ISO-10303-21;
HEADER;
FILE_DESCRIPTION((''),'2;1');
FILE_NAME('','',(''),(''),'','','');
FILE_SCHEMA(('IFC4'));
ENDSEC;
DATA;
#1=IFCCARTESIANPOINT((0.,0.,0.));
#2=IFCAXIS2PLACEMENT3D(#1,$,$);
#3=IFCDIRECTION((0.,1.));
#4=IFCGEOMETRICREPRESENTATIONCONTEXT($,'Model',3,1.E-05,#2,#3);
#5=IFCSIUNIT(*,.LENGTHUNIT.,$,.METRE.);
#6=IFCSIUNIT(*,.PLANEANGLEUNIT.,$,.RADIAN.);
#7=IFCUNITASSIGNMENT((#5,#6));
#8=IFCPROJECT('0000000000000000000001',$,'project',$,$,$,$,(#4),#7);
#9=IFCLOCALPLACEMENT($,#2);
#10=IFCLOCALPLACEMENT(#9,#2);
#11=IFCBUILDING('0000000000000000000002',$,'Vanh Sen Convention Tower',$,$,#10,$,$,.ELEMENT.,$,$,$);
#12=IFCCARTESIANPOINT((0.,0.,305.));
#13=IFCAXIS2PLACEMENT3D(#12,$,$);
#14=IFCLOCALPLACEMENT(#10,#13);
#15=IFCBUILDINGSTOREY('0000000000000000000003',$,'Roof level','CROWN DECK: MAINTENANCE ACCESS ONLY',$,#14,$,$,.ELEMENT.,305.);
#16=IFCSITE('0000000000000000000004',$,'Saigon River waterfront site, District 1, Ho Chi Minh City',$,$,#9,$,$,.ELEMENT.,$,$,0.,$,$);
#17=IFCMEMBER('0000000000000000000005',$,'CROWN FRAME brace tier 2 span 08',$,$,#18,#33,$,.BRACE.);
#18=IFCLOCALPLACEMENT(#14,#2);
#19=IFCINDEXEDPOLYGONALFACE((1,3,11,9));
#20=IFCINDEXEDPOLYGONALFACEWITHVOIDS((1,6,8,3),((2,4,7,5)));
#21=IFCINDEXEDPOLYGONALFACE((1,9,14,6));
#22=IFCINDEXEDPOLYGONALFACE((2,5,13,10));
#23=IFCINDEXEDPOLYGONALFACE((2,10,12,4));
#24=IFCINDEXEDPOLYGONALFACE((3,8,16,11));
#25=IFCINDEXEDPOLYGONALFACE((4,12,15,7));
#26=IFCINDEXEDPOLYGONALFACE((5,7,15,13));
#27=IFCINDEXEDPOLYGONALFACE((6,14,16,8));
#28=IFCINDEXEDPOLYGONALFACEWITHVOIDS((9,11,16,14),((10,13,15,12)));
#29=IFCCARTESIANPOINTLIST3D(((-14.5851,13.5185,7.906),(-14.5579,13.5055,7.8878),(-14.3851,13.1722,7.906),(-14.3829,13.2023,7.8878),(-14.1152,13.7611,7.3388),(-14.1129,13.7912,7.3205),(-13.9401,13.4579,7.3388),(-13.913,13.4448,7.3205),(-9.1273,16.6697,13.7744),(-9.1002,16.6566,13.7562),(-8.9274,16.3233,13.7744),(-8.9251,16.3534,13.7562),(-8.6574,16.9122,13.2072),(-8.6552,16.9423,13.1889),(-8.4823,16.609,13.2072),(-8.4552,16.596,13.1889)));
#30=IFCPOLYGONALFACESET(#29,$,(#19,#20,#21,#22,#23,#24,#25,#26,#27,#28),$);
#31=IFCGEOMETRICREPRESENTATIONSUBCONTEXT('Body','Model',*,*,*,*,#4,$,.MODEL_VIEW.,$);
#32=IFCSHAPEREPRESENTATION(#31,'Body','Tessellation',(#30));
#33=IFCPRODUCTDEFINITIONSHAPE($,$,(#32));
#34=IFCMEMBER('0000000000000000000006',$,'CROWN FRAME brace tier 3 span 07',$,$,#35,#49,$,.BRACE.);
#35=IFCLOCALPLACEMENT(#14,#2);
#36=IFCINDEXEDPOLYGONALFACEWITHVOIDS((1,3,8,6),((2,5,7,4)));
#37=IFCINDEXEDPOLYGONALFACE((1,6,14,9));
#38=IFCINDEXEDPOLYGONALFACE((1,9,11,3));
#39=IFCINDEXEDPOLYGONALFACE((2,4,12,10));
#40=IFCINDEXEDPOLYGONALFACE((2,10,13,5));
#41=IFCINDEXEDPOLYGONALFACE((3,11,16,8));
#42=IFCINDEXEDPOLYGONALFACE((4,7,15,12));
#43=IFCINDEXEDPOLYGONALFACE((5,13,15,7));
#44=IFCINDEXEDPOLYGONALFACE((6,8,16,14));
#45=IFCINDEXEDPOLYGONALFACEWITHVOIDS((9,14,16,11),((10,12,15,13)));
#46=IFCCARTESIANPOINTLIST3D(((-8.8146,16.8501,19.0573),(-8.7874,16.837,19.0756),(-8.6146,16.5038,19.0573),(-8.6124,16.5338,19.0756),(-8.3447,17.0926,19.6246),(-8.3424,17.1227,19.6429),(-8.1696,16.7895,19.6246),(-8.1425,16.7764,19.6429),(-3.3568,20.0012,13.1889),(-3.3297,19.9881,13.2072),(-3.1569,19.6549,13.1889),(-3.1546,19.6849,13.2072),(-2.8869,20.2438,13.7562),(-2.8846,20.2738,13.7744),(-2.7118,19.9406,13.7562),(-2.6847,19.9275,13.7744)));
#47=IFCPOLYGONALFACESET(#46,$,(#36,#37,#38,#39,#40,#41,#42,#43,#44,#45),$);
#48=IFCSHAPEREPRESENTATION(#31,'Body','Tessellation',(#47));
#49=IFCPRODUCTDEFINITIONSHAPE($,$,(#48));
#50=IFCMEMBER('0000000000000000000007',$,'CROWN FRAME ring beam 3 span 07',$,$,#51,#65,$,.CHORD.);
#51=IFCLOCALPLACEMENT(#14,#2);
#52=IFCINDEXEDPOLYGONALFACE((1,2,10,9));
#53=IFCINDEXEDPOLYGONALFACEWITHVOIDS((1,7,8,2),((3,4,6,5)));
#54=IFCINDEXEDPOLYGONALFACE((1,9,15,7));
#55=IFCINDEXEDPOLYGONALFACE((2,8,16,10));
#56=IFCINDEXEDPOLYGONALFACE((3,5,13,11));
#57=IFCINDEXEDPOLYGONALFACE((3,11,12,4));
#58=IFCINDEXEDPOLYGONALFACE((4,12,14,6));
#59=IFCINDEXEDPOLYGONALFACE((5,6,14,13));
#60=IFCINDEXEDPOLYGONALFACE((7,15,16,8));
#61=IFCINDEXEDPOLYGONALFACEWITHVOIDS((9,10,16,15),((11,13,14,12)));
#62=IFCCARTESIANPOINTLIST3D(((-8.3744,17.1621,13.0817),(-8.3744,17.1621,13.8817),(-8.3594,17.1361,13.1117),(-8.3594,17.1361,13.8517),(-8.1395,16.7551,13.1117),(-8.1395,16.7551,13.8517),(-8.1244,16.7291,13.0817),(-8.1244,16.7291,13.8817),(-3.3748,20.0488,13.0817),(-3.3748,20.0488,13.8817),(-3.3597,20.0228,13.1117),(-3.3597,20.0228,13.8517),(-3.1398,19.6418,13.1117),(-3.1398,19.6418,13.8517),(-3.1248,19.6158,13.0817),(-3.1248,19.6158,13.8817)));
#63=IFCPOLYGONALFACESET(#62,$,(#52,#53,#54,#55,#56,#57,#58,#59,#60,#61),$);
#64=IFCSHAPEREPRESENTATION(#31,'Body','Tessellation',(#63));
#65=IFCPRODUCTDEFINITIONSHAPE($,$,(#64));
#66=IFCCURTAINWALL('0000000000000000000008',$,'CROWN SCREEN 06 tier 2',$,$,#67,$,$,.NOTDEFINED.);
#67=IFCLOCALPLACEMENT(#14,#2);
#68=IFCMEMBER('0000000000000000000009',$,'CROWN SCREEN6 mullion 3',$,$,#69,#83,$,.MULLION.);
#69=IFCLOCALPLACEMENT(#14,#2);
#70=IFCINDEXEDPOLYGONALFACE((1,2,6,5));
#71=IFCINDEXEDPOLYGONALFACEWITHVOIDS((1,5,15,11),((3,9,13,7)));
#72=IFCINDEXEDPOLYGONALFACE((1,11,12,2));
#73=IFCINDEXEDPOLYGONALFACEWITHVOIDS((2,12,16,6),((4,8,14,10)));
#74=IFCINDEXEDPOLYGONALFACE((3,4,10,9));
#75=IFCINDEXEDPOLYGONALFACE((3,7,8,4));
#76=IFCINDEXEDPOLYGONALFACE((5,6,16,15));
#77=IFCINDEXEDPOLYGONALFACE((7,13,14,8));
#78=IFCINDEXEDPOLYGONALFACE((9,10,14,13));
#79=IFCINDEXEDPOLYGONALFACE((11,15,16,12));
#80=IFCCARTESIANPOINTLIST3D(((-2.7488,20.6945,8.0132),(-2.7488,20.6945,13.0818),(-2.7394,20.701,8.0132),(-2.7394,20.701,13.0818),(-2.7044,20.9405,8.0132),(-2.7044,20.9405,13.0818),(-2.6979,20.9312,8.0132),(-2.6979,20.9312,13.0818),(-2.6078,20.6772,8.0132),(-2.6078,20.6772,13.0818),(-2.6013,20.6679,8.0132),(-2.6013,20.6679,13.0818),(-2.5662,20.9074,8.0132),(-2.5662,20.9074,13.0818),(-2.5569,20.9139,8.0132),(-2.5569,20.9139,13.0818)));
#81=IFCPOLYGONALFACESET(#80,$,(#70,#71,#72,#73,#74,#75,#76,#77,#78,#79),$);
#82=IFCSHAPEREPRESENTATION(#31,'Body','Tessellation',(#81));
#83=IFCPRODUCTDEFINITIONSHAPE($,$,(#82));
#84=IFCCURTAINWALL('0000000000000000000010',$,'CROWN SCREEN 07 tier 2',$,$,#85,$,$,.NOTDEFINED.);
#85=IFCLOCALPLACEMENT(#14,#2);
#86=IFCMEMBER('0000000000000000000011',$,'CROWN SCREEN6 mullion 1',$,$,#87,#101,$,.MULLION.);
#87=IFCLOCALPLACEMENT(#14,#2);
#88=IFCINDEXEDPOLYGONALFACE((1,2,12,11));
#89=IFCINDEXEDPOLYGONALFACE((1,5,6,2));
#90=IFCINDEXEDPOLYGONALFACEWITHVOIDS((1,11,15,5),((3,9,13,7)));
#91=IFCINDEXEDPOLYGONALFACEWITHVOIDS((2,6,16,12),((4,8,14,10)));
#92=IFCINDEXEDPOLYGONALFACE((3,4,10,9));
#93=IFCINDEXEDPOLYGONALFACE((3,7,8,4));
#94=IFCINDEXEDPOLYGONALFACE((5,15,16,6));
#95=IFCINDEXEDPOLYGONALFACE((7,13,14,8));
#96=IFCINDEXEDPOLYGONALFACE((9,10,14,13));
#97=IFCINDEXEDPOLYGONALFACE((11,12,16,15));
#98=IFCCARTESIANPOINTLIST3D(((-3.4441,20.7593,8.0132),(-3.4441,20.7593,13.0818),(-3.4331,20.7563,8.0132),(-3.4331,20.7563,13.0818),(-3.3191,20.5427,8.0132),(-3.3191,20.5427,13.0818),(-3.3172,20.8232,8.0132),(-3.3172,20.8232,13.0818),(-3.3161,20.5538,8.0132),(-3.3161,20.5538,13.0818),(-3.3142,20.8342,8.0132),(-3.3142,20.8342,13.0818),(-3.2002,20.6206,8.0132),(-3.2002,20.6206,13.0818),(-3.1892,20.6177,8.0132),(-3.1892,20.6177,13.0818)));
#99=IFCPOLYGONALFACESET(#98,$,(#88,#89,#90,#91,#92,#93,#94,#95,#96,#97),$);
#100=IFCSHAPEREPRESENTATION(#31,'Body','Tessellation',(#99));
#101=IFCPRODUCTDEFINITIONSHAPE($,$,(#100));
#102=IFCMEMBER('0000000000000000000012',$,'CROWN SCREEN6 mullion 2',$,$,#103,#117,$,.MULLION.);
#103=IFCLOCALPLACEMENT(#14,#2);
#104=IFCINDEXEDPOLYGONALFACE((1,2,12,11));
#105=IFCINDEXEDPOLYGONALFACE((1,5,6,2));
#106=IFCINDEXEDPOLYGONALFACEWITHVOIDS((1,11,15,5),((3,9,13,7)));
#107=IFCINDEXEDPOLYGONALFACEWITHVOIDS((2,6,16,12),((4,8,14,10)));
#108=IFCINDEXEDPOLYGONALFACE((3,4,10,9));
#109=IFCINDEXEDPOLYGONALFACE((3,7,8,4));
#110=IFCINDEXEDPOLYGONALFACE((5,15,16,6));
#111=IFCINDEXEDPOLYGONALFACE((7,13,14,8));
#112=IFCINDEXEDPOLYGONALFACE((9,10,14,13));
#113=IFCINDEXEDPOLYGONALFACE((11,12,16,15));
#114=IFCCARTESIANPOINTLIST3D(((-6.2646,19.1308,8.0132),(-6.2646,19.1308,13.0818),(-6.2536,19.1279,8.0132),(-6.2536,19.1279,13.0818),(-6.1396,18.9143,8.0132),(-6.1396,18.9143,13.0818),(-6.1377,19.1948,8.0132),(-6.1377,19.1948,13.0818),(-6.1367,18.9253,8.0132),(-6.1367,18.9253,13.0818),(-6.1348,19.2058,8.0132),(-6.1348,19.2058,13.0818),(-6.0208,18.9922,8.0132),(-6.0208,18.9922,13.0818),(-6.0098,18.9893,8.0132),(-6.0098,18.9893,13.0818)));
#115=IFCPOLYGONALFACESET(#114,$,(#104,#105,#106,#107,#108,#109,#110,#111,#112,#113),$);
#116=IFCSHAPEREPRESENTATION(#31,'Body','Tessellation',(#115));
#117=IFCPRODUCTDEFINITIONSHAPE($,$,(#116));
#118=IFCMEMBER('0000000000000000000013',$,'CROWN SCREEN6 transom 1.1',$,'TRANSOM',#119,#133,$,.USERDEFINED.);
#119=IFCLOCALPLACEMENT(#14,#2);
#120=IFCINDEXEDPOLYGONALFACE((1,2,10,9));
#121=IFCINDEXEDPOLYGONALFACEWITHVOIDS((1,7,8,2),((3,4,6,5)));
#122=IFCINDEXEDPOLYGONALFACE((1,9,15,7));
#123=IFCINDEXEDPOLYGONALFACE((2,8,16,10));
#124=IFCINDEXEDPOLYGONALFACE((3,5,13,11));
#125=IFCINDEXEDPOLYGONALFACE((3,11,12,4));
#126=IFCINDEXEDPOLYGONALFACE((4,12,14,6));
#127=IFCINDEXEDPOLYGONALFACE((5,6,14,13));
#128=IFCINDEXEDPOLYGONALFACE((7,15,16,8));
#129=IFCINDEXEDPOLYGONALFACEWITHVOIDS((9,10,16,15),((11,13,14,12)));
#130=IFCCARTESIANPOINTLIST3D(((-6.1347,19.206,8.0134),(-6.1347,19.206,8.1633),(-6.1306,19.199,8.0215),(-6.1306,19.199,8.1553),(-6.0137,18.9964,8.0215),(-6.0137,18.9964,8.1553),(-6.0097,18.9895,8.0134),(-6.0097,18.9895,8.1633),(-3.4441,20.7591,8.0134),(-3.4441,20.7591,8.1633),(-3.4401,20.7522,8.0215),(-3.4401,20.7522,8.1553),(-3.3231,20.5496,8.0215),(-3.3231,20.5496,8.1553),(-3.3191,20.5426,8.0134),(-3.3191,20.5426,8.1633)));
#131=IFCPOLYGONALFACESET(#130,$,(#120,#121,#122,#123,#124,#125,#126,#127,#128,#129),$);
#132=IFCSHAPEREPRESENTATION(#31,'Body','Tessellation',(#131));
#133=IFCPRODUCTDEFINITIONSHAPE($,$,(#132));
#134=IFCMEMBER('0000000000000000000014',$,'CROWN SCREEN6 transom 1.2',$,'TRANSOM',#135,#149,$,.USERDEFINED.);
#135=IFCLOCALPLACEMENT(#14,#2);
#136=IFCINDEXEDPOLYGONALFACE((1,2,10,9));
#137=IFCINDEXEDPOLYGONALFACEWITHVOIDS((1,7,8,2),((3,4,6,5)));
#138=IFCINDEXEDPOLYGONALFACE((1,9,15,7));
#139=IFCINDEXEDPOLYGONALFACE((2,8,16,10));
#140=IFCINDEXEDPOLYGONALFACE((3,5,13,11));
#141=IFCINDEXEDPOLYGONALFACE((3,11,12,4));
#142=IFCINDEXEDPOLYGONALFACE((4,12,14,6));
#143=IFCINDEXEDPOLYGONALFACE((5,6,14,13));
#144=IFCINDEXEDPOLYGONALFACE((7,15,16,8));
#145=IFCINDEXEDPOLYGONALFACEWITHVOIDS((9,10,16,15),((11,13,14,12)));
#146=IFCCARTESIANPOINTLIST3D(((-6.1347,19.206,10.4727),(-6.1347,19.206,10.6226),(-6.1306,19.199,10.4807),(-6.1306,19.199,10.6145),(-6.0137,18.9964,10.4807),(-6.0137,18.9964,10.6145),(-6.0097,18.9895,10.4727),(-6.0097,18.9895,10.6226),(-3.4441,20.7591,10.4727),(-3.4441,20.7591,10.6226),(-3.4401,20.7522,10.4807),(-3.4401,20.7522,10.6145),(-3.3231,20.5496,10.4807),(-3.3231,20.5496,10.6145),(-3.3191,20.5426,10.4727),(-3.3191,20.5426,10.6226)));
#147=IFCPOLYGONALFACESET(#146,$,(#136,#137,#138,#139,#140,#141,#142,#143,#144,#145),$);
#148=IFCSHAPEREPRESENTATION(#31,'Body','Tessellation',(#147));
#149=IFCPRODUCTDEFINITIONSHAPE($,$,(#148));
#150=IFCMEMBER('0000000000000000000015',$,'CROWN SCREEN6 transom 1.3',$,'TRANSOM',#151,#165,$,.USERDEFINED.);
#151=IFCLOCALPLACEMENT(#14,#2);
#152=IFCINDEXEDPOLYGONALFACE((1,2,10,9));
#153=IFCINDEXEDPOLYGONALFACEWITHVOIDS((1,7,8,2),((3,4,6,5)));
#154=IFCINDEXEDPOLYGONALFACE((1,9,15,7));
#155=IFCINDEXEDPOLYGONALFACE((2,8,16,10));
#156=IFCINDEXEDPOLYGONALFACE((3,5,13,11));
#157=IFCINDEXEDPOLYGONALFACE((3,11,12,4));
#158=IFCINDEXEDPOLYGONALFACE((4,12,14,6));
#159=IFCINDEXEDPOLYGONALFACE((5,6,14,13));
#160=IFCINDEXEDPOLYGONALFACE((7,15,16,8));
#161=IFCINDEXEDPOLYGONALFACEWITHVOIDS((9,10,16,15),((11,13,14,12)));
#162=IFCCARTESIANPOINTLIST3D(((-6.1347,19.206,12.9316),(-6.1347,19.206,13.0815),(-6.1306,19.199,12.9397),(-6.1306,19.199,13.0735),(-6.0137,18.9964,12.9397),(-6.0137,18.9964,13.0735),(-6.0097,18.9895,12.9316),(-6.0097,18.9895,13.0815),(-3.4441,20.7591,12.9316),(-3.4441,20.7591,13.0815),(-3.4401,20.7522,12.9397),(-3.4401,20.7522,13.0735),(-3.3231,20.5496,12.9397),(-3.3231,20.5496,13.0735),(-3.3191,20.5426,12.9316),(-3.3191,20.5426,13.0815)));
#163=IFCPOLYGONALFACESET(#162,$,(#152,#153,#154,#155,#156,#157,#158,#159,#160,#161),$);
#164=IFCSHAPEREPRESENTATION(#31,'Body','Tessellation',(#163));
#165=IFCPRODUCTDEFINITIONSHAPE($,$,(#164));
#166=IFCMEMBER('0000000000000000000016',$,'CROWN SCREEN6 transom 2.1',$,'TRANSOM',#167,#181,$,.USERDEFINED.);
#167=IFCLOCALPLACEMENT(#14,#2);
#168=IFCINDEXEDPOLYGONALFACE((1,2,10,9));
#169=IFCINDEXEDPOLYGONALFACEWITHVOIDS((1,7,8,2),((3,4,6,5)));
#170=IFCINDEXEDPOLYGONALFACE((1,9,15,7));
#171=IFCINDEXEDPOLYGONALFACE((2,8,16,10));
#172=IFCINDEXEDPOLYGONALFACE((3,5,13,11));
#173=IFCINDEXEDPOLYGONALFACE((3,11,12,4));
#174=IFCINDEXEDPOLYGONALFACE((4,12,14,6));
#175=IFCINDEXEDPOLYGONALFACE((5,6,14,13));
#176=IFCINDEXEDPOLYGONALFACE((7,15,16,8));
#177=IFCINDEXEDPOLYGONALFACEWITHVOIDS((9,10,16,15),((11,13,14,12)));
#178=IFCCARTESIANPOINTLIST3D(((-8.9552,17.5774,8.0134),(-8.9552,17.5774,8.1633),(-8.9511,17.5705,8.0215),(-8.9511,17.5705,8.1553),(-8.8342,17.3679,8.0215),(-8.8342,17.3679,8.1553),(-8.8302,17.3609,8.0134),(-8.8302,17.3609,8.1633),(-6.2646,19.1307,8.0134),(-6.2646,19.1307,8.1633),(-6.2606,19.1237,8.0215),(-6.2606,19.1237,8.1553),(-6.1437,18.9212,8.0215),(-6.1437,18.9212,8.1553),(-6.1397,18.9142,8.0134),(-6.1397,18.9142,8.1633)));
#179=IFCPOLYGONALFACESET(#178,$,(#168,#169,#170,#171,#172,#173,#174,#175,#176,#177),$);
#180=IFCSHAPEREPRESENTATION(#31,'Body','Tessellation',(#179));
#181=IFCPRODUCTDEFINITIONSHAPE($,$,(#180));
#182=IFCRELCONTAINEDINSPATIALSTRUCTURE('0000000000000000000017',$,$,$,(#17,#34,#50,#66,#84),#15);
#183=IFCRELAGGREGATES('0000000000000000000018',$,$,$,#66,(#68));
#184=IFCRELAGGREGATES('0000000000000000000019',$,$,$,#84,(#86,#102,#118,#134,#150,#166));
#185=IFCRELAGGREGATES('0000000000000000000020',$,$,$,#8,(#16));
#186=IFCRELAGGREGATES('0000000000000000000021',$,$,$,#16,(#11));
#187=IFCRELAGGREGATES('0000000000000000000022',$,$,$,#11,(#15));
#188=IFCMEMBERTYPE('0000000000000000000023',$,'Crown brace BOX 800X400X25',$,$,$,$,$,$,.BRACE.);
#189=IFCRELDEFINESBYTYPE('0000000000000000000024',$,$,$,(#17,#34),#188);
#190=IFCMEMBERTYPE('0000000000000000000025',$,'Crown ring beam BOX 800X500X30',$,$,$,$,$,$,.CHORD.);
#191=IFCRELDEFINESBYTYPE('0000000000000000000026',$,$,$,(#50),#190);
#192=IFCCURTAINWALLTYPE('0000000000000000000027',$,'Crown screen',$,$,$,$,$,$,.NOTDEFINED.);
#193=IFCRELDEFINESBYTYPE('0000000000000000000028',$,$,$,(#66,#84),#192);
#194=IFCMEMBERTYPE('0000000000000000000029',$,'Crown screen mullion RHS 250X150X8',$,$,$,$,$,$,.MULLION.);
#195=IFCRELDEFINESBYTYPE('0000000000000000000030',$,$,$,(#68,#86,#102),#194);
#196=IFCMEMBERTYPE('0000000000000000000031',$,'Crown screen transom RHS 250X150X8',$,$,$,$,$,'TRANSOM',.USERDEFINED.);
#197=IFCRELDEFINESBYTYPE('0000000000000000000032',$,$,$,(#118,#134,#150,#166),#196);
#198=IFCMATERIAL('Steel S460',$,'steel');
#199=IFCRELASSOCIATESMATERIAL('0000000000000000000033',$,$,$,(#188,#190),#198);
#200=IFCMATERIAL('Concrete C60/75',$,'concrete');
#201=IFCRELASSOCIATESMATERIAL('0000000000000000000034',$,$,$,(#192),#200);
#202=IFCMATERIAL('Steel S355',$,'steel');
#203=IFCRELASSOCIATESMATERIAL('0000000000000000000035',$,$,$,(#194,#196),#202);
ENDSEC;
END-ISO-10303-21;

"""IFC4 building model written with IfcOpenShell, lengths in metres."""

from ifc_helpers import new_model, si_unit, direction, frame, origin, origin_2d, place, context, subcontext, project, spatial, hollow_rectangle, extrude, material, material_profile, profile_set, type_object, element, aggregate, save


model = new_model("IFC4")

# Units and contexts
model_context = context("Model", 3, precision=1e-05, world=origin(), true_north=direction((0.0, 1.0)))
body_context = subcontext(model_context, "Body", "Model", "MODEL_VIEW")
ifc_project = project(units=[si_unit("LENGTHUNIT", "METRE"), si_unit("PLANEANGLEUNIT", "RADIAN")], contexts=[model_context])

# Site, building, storey
site_placement = place(None, origin())
site = spatial("IfcSite", under=ifc_project, at=site_placement, Name="Saigon River waterfront site, District 1, Ho Chi Minh City", CompositionType="ELEMENT", RefElevation=0.0)
building_placement = place(site_placement, origin())
building = spatial("IfcBuilding", under=site, at=building_placement, Name="Vanh Sen Convention Tower", CompositionType="ELEMENT")
storey_placement = place(building_placement, frame((0.0, 0.0, 305.0)))
storey = spatial("IfcBuildingStorey", under=building, at=storey_placement, Name="Roof level", Description="CROWN DECK: MAINTENANCE ACCESS ONLY", CompositionType="ELEMENT", Elevation=305.0)

# Members
ifc_material_1 = material(Name="Steel S460", Category="steel")
ifc_material_profile_1 = material_profile(ifc_material_1, hollow_rectangle(XDim=0.3999, YDim=0.8, WallThickness=0.0249, at=origin_2d()), Name="BOX 800X400X25")
ifc_profile_set_1 = profile_set([ifc_material_profile_1], Name="Steel S460")
member_type_1 = type_object("IfcMemberType", Name="Crown brace BOX 800X400X25", PredefinedType="BRACE", material=ifc_profile_set_1)
for number, where, z_axis, x_axis, name in (
    (1, (-8.7913, 16.6328, 13.4817), (-0.633789, -0.365928, -0.681475), (0.50001, -0.86602, 0.0), "CROWN FRAME brace tier 2 span 08"),
    (2, (-3.0208, 19.9644, 13.4817), (-0.633789, -0.365928, 0.681475), (0.50001, -0.86602, 0.0), "CROWN FRAME brace tier 3 span 07"),
):
    element("IfcMember", number, at=place(storey_placement, frame(where, z_axis=z_axis, x_axis=x_axis)), inside=storey, type_object=member_type_1, Name=name, PredefinedType="BRACE", context=body_context, shape_type="SweptSolid", body=[
        extrude(hollow_rectangle(XDim=0.3999, YDim=0.8, WallThickness=0.0249, at=origin_2d()), origin(), (0.0, 0.0, 1.0), 8.6113),
    ])
ifc_material_profile_2 = material_profile(ifc_material_1, hollow_rectangle(XDim=0.5, YDim=0.8, WallThickness=0.03, at=origin_2d()), Name="BOX 800X500X30")
ifc_profile_set_2 = profile_set([ifc_material_profile_2], Name="Steel S460")
member_type_2 = type_object("IfcMemberType", Name="Crown ring beam BOX 800X500X30", PredefinedType="CHORD", material=ifc_profile_set_2)
member_1_placement = place(storey_placement, frame((-3.2498, 19.8323, 13.4817), z_axis=(-0.866017, -0.500014, 0.0), x_axis=(0.500014, -0.866017, 0.0)))
element("IfcMember", 3, at=member_1_placement, inside=storey, type_object=member_type_2, Name="CROWN FRAME ring beam 3 span 07", PredefinedType="CHORD", context=body_context, shape_type="SweptSolid", body=[
    extrude(hollow_rectangle(XDim=0.5, YDim=0.8, WallThickness=0.03, at=origin_2d()), origin(), (0.0, 0.0, 1.0), 5.7732),
])

# Curtain wall, member
ifc_material_2 = material(Name="Concrete C60/75", Category="concrete")
curtain_wall_type = type_object("IfcCurtainWallType", Name="Crown screen", PredefinedType="NOTDEFINED", material=ifc_material_2)
curtain_wall_1_placement = place(storey_placement, origin())
curtain_wall_1 = element("IfcCurtainWall", 4, at=curtain_wall_1_placement, inside=storey, type_object=curtain_wall_type, Name="CROWN SCREEN 06 tier 2", PredefinedType="NOTDEFINED")
ifc_material_3 = material(Name="Steel S355", Category="steel")
ifc_material_profile_3 = material_profile(ifc_material_3, hollow_rectangle(XDim=0.25, YDim=0.1499, WallThickness=0.0081, at=origin_2d()), Name="RHS 250X150X8")
ifc_profile_set_3 = profile_set([ifc_material_profile_3], Name="Steel S355")
member_type_3 = type_object("IfcMemberType", Name="Crown screen mullion RHS 250X150X8", PredefinedType="MULLION", material=ifc_profile_set_3)
member_2_placement = place(storey_placement, frame((-2.6528, 20.8042, 8.0132), z_axis=(0.0, 0.0, 1.0), x_axis=(-0.177496, -0.984122, 0.0)))
member_2 = element("IfcMember", 5, at=member_2_placement, type_object=member_type_3, Name="CROWN SCREEN6 mullion 3", PredefinedType="MULLION", context=body_context, shape_type="SweptSolid", body=[
    extrude(hollow_rectangle(XDim=0.25, YDim=0.1499, WallThickness=0.0081, at=origin_2d()), origin(), (0.0, 0.0, 1.0), 5.0686),
])
aggregate(curtain_wall_1, [member_2])

# Curtain wall, members
curtain_wall_2_placement = place(storey_placement, origin())
curtain_wall_2 = element("IfcCurtainWall", 6, at=curtain_wall_2_placement, inside=storey, type_object=curtain_wall_type, Name="CROWN SCREEN 07 tier 2", PredefinedType="NOTDEFINED")
member_3_placement = place(storey_placement, frame((-3.3167, 20.6885, 8.0132), z_axis=(0.0, 0.0, 1.0), x_axis=(0.500005, -0.866023, 0.0)))
member_3 = element("IfcMember", 7, at=member_3_placement, type_object=member_type_3, Name="CROWN SCREEN6 mullion 1", PredefinedType="MULLION", context=body_context, shape_type="SweptSolid", body=[
    extrude(hollow_rectangle(XDim=0.25, YDim=0.1499, WallThickness=0.0081, at=origin_2d()), origin(), (0.0, 0.0, 1.0), 5.0686),
])
member_4_placement = place(storey_placement, frame((-6.1372, 19.0601, 8.0132), z_axis=(0.0, 0.0, 1.0), x_axis=(0.500005, -0.866023, 0.0)))
member_4 = element("IfcMember", 8, at=member_4_placement, type_object=member_type_3, Name="CROWN SCREEN6 mullion 2", PredefinedType="MULLION", context=body_context, shape_type="SweptSolid", body=[
    extrude(hollow_rectangle(XDim=0.25, YDim=0.1499, WallThickness=0.0081, at=origin_2d()), origin(), (0.0, 0.0, 1.0), 5.0686),
])
ifc_material_profile_4 = material_profile(ifc_material_3, hollow_rectangle(XDim=0.25, YDim=0.1499, WallThickness=0.0081, at=origin_2d()), Name="RHS 250X150X8")
ifc_profile_set_4 = profile_set([ifc_material_profile_4], Name="Steel S355")
member_type_4 = type_object("IfcMemberType", Name="Crown screen transom RHS 250X150X8", ElementType="TRANSOM", PredefinedType="USERDEFINED", material=ifc_profile_set_4)
member_5_placement = place(storey_placement, frame((-3.3816, 20.6509, 8.0884), z_axis=(-0.866059, -0.499942, 0.0), x_axis=(0.499942, -0.866059, 0.0)))
member_5 = element("IfcMember", 9, at=member_5_placement, type_object=member_type_4, Name="CROWN SCREEN6 transom 1.1", ObjectType="TRANSOM", PredefinedType="USERDEFINED", context=body_context, shape_type="SweptSolid", body=[
    extrude(hollow_rectangle(XDim=0.25, YDim=0.1499, WallThickness=0.0081, at=origin_2d()), origin(), (0.0, 0.0, 1.0), 3.1067),
])
member_6_placement = place(storey_placement, frame((-3.3816, 20.6509, 10.5476), z_axis=(-0.866059, -0.499942, 0.0), x_axis=(0.499942, -0.866059, 0.0)))
member_6 = element("IfcMember", 10, at=member_6_placement, type_object=member_type_4, Name="CROWN SCREEN6 transom 1.2", ObjectType="TRANSOM", PredefinedType="USERDEFINED", context=body_context, shape_type="SweptSolid", body=[
    extrude(hollow_rectangle(XDim=0.25, YDim=0.1499, WallThickness=0.0081, at=origin_2d()), origin(), (0.0, 0.0, 1.0), 3.1067),
])
member_7_placement = place(storey_placement, frame((-3.3816, 20.6509, 13.0066), z_axis=(-0.866059, -0.499942, 0.0), x_axis=(0.499942, -0.866059, 0.0)))
member_7 = element("IfcMember", 11, at=member_7_placement, type_object=member_type_4, Name="CROWN SCREEN6 transom 1.3", ObjectType="TRANSOM", PredefinedType="USERDEFINED", context=body_context, shape_type="SweptSolid", body=[
    extrude(hollow_rectangle(XDim=0.25, YDim=0.1499, WallThickness=0.0081, at=origin_2d()), origin(), (0.0, 0.0, 1.0), 3.1067),
])
member_8_placement = place(storey_placement, frame((-6.2021, 19.0225, 8.0884), z_axis=(-0.866039, -0.499976, 0.0), x_axis=(0.499976, -0.866039, 0.0)))
member_8 = element("IfcMember", 12, at=member_8_placement, type_object=member_type_4, Name="CROWN SCREEN6 transom 2.1", ObjectType="TRANSOM", PredefinedType="USERDEFINED", context=body_context, shape_type="SweptSolid", body=[
    extrude(hollow_rectangle(XDim=0.25, YDim=0.1499, WallThickness=0.0081, at=origin_2d()), origin(), (0.0, 0.0, 1.0), 3.1067),
])
aggregate(curtain_wall_2, [member_3, member_4, member_5, member_6, member_7, member_8])

save(model, "model.ifc")
